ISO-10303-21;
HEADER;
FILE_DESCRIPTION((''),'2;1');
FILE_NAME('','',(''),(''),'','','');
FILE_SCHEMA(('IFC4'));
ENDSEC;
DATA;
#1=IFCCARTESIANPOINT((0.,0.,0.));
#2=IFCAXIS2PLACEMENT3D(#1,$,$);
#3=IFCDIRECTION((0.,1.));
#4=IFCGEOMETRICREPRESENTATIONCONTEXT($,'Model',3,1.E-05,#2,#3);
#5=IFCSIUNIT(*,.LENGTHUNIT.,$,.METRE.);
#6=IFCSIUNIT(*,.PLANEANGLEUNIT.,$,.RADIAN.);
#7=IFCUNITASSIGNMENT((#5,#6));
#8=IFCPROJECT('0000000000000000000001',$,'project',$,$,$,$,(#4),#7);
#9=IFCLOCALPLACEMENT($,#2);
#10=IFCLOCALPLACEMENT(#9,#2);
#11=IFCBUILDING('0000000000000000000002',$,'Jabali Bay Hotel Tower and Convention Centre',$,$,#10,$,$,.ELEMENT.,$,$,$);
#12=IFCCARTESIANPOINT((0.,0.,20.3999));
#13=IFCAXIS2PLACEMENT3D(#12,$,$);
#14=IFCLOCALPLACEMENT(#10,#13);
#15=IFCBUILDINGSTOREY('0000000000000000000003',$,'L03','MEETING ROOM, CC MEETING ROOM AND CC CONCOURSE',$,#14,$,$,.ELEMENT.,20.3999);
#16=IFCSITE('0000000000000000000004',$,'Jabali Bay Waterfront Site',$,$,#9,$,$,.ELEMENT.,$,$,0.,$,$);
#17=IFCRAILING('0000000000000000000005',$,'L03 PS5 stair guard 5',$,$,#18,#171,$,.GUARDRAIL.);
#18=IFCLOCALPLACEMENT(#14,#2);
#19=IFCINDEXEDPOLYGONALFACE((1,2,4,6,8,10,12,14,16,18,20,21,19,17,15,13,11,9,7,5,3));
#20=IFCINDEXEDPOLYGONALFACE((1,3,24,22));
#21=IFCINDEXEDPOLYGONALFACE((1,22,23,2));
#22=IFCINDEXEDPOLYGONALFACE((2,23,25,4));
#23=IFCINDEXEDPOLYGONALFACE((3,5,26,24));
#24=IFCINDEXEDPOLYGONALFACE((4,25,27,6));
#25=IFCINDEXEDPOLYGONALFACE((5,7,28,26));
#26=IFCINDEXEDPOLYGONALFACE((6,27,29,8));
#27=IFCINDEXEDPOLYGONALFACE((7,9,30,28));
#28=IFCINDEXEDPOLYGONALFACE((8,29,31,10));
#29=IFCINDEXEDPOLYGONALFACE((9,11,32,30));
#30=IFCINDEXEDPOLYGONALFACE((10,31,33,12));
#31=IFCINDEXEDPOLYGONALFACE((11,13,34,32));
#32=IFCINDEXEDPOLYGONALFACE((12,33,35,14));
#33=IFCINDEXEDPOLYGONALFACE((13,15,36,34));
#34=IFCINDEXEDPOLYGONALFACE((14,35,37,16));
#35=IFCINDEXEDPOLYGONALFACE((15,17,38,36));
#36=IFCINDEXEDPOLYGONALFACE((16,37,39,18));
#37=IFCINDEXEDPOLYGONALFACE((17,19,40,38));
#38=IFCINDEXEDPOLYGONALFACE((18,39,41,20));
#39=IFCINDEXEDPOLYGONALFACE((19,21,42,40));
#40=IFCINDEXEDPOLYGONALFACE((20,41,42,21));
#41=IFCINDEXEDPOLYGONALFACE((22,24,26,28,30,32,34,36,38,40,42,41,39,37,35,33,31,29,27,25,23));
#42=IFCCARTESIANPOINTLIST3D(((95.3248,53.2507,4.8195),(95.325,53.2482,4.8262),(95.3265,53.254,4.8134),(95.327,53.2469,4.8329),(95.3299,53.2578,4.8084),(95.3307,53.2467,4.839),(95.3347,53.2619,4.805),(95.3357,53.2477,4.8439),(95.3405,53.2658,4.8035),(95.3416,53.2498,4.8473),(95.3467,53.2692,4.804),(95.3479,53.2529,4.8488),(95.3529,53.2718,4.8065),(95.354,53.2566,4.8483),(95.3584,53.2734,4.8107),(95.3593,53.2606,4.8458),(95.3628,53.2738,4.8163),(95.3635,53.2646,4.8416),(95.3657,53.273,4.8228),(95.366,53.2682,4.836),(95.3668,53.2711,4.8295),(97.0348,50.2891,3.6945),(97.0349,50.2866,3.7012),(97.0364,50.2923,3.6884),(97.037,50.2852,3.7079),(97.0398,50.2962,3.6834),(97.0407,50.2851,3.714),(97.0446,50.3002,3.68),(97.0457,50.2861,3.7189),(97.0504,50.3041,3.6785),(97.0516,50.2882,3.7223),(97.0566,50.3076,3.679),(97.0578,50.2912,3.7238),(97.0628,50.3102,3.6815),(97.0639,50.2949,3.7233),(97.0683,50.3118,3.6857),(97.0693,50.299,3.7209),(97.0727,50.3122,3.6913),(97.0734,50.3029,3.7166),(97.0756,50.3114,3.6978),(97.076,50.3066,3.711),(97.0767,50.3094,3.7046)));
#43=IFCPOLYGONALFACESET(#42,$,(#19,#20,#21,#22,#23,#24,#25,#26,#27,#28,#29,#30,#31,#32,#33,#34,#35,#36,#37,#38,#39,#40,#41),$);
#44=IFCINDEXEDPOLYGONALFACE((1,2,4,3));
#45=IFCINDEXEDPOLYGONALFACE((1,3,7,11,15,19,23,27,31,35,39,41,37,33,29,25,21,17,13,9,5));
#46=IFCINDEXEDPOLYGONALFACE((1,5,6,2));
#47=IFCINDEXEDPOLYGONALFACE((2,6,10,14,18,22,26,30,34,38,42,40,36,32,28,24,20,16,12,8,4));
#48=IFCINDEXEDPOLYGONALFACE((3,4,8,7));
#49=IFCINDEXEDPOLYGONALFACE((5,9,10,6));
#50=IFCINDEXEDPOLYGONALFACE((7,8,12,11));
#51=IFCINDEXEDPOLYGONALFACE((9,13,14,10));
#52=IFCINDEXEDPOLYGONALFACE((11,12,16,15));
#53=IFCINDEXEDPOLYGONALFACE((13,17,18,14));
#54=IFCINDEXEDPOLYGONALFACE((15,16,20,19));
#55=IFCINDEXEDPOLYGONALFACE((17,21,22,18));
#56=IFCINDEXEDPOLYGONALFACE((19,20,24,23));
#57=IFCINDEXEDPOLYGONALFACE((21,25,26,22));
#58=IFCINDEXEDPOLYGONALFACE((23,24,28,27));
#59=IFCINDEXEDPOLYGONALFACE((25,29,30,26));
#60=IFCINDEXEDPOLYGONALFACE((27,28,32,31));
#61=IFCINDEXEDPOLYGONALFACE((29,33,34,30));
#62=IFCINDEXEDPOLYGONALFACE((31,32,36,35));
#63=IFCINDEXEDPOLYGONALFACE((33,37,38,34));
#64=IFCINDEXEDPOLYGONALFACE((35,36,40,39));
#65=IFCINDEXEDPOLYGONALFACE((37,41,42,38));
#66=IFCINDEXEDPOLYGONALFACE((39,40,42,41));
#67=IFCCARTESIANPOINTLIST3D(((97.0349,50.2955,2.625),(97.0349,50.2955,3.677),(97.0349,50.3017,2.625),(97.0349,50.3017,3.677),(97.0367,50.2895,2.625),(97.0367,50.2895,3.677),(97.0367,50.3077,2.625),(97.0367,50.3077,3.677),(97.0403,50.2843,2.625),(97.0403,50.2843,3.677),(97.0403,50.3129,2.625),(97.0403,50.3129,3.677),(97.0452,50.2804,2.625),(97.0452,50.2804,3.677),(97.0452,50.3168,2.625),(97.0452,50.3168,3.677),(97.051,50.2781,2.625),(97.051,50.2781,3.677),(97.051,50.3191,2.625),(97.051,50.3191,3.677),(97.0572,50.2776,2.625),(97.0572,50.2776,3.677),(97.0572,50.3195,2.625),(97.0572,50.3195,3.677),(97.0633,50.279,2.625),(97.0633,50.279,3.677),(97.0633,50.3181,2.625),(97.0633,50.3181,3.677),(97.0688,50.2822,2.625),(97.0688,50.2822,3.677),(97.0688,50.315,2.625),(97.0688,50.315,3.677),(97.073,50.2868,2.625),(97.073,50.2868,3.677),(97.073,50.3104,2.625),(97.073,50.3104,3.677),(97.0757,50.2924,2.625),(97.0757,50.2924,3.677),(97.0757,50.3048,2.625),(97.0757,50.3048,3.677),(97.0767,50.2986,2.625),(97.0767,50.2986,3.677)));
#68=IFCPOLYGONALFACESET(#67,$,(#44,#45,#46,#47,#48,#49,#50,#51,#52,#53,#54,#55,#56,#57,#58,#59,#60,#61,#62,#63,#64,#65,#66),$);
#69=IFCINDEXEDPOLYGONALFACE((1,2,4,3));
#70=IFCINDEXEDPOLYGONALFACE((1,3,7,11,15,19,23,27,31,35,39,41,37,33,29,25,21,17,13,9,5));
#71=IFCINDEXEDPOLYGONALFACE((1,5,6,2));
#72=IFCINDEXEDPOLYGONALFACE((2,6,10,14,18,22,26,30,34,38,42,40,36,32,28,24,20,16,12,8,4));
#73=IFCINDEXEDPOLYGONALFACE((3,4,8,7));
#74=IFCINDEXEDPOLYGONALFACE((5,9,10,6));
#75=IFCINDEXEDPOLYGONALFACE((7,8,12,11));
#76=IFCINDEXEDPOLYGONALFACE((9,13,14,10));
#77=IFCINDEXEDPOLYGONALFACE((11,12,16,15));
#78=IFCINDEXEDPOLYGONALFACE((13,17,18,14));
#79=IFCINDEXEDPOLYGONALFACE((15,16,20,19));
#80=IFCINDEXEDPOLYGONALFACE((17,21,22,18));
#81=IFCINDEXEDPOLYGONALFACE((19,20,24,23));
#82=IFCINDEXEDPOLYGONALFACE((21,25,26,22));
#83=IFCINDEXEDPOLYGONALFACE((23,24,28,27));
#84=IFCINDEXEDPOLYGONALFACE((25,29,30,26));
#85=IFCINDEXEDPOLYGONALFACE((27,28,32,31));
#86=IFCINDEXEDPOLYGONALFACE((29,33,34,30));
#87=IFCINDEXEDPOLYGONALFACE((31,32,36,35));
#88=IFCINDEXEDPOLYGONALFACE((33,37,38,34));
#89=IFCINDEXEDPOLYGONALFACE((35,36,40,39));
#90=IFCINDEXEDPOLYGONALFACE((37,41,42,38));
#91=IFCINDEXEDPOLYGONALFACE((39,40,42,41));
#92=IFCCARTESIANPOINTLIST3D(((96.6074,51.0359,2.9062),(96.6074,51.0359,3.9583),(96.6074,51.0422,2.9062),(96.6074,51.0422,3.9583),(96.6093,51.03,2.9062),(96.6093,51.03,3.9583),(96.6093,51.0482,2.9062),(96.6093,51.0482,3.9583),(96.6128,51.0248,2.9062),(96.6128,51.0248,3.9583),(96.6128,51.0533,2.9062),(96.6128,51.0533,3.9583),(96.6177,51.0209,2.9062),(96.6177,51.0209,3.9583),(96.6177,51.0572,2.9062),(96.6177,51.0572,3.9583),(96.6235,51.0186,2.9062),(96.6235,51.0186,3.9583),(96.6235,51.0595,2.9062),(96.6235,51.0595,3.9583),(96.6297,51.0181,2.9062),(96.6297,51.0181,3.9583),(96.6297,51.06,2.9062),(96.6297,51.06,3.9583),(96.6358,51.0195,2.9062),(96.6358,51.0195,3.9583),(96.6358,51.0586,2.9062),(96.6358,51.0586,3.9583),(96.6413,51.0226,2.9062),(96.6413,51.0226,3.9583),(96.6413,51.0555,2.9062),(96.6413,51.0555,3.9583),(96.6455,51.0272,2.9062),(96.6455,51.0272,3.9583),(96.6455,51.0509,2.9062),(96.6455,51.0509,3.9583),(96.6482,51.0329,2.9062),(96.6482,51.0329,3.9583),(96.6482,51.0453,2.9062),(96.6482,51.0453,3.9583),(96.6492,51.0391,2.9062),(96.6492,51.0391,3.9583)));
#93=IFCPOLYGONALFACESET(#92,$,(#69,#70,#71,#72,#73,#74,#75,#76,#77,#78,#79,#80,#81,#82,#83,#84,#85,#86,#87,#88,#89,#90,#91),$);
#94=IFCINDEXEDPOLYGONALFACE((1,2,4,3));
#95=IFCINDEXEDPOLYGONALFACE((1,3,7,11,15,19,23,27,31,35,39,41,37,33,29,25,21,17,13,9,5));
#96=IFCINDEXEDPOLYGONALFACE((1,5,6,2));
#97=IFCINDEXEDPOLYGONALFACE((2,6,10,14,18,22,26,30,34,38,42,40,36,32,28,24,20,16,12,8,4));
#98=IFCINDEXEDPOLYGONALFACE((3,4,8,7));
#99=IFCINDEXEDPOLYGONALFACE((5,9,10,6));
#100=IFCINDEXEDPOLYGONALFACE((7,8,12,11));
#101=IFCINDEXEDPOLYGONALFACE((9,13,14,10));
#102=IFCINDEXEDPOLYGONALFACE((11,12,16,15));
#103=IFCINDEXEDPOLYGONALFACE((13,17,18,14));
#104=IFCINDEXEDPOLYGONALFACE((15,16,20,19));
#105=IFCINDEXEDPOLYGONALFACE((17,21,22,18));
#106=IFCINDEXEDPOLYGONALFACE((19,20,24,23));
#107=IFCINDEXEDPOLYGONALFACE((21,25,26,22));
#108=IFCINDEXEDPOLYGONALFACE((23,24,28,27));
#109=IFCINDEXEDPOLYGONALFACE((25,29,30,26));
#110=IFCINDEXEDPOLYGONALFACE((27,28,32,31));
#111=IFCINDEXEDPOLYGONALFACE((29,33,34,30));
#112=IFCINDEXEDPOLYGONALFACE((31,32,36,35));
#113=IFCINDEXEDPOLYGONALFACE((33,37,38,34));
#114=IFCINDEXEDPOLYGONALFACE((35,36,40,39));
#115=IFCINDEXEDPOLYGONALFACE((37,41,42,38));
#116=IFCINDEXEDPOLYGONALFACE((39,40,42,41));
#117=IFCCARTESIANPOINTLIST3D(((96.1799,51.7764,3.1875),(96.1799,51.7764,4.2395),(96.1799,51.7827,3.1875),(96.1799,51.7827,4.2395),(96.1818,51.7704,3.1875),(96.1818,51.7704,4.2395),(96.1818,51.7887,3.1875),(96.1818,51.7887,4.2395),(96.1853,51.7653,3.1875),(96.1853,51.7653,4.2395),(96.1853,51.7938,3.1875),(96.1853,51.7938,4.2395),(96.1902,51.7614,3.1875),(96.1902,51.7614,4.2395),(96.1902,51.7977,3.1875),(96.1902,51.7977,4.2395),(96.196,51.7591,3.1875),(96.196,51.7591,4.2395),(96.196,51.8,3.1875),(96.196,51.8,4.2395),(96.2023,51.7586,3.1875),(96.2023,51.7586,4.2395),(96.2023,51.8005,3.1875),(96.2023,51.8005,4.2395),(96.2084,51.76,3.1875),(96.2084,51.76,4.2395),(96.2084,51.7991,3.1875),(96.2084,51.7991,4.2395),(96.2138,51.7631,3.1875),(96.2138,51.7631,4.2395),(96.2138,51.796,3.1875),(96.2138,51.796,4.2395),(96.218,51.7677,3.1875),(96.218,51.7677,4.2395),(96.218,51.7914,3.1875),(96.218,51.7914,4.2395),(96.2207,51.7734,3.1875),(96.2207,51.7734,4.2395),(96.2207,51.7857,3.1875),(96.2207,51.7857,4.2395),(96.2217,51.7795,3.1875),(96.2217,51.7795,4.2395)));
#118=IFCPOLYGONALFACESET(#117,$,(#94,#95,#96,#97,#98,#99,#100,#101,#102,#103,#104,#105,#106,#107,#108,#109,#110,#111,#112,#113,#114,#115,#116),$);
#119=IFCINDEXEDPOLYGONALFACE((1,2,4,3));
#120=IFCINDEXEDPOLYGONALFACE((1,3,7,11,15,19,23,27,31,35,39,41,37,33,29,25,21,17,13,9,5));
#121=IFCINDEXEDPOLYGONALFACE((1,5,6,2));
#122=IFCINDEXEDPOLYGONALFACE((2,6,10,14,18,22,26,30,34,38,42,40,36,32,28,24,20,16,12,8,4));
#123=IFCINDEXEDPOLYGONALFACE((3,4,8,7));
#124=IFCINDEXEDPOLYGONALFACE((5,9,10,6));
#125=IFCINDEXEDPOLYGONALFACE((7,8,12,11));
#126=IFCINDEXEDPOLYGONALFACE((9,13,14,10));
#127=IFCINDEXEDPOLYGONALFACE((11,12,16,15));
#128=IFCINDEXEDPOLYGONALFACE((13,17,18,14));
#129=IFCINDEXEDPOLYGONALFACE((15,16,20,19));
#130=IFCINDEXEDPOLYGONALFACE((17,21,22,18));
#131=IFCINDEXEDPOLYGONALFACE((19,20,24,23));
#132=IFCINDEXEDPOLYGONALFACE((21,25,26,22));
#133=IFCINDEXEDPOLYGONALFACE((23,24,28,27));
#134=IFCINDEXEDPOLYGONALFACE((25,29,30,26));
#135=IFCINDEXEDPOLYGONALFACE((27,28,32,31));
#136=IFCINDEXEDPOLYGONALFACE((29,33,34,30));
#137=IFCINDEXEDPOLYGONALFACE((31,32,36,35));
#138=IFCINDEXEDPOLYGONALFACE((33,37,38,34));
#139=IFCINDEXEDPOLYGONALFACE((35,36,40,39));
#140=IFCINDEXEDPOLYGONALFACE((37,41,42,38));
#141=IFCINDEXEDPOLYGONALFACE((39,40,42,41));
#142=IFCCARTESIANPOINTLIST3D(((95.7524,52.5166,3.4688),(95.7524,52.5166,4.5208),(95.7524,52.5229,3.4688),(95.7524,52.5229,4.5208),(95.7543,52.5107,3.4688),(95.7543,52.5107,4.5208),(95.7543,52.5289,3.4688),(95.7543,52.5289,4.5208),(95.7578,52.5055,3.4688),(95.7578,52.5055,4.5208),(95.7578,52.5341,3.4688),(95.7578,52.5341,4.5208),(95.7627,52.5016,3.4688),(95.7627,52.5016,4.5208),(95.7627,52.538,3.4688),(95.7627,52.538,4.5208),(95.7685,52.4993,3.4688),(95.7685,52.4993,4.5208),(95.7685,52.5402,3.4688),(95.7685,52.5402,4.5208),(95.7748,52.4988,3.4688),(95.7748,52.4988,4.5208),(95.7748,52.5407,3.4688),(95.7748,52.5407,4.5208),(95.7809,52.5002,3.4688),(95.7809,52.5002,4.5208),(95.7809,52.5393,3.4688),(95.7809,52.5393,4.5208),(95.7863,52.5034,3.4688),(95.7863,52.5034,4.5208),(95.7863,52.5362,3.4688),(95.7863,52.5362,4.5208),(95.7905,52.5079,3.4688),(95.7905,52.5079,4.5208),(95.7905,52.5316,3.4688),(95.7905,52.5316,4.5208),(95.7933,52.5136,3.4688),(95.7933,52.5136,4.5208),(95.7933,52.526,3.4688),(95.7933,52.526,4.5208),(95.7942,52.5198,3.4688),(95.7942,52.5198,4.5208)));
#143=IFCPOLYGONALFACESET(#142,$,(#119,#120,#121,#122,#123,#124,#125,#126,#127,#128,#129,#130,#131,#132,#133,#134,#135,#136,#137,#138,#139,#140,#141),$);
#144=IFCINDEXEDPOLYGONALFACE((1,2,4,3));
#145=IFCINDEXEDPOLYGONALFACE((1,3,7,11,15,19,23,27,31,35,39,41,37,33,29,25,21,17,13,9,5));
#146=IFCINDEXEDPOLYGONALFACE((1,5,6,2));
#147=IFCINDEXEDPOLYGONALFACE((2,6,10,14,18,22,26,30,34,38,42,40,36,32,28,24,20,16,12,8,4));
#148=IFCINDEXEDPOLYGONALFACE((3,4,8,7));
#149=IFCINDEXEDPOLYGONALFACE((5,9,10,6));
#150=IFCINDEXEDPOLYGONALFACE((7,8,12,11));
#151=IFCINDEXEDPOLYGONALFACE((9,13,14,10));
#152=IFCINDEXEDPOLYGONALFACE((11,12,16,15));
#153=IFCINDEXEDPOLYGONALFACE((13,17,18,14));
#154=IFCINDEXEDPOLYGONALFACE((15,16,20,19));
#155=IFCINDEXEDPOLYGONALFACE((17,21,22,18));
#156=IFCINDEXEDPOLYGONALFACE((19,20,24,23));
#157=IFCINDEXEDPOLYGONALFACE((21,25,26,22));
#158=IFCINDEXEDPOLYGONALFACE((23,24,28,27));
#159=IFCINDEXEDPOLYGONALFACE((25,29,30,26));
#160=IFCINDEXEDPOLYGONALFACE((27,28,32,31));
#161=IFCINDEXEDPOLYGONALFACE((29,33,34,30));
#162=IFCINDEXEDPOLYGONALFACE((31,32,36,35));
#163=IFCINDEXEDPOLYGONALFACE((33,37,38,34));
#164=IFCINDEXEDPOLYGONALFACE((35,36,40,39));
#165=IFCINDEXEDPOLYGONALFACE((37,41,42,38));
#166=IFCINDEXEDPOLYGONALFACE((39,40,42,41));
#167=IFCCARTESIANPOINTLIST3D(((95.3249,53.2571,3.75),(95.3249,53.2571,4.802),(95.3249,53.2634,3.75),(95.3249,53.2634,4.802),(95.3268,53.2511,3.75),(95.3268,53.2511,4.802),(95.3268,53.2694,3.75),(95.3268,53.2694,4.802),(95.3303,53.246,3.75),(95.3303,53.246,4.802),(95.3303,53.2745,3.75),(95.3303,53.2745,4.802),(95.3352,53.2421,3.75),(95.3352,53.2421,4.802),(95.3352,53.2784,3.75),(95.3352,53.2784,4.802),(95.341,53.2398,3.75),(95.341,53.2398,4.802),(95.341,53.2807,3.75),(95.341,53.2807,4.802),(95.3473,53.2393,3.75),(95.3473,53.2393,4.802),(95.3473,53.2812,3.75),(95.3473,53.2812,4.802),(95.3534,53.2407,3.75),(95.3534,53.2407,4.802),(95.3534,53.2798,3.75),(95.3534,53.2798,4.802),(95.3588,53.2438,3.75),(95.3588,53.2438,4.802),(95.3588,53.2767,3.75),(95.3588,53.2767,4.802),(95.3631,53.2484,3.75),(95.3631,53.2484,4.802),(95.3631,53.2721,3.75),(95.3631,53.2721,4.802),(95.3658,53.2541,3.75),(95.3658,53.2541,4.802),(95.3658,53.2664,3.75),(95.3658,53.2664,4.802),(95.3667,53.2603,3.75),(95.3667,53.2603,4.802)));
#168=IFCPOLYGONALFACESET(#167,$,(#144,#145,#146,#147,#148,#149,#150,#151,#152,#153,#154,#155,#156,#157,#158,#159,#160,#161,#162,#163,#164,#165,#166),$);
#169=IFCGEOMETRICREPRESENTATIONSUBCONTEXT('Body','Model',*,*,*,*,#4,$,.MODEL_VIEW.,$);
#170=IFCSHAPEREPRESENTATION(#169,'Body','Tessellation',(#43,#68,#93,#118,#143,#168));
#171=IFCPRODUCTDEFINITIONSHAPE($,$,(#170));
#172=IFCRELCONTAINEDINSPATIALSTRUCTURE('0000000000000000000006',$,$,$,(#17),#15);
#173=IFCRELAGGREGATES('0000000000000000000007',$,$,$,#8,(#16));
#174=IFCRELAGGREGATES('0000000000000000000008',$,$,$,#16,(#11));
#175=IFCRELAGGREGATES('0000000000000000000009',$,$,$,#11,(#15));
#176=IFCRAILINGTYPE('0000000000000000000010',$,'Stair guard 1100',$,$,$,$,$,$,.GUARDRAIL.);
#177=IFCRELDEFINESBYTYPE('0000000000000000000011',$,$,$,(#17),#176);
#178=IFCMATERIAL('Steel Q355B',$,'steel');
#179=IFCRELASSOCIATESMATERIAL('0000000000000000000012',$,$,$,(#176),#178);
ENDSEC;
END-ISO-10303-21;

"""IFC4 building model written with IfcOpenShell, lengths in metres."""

from ifc_helpers import new_model, si_unit, direction, frame, origin, origin_2d, place, context, subcontext, project, spatial, circle, extrude, material, type_object, element, save


model = new_model("IFC4")

# Units and contexts
model_context = context("Model", 3, precision=1e-05, world=origin(), true_north=direction((0.0, 1.0)))
body_context = subcontext(model_context, "Body", "Model", "MODEL_VIEW")
ifc_project = project(units=[si_unit("LENGTHUNIT", "METRE"), si_unit("PLANEANGLEUNIT", "RADIAN")], contexts=[model_context])

# Site, building, storey
site_placement = place(None, origin())
site = spatial("IfcSite", under=ifc_project, at=site_placement, Name="Jabali Bay Waterfront Site", CompositionType="ELEMENT", RefElevation=0.0)
building_placement = place(site_placement, origin())
building = spatial("IfcBuilding", under=site, at=building_placement, Name="Jabali Bay Hotel Tower and Convention Centre", CompositionType="ELEMENT")
storey_placement = place(building_placement, frame((0.0, 0.0, 20.3999)))
storey = spatial("IfcBuildingStorey", under=building, at=storey_placement, Name="L03", Description="MEETING ROOM, CC MEETING ROOM AND CC CONCOURSE", CompositionType="ELEMENT", Elevation=20.3999)

# Railing
ifc_material_1 = material(Name="Steel Q355B", Category="steel")
railing_type_1 = type_object("IfcRailingType", Name="Stair guard 1100", PredefinedType="GUARDRAIL", material=ifc_material_1)
railing_1_placement = place(storey_placement, frame((97.0557, 50.2986, 2.625)))
element("IfcRailing", 1, at=railing_1_placement, inside=storey, type_object=railing_type_1, Name="L03 PS5 stair guard 5", PredefinedType="GUARDRAIL", context=body_context, shape_type="SweptSolid", body=[
    extrude(circle(Radius=0.0239, at=origin_2d()), frame((0.0, 0.0, 1.0762), z_axis=(-0.474969, 0.822652, 0.312487), x_axis=(-0.86602, -0.500009, 0.0)), (0.0, 0.0, 1.0), 3.6001),
    extrude(circle(Radius=0.021, at=origin_2d()), origin(), (0.0, 0.0, 1.0), 1.052),
    extrude(circle(Radius=0.021, at=origin_2d()), frame((-0.4275, 0.7405, 0.2812)), (0.0, 0.0, 1.0), 1.052),
    extrude(circle(Radius=0.021, at=origin_2d()), frame((-0.855, 1.481, 0.5625)), (0.0, 0.0, 1.0), 1.052),
    extrude(circle(Radius=0.021, at=origin_2d()), frame((-1.2825, 2.2212, 0.8438)), (0.0, 0.0, 1.0), 1.052),
    extrude(circle(Radius=0.021, at=origin_2d()), frame((-1.71, 2.9617, 1.125)), (0.0, 0.0, 1.0), 1.052),
])

save(model, "model.ifc")
